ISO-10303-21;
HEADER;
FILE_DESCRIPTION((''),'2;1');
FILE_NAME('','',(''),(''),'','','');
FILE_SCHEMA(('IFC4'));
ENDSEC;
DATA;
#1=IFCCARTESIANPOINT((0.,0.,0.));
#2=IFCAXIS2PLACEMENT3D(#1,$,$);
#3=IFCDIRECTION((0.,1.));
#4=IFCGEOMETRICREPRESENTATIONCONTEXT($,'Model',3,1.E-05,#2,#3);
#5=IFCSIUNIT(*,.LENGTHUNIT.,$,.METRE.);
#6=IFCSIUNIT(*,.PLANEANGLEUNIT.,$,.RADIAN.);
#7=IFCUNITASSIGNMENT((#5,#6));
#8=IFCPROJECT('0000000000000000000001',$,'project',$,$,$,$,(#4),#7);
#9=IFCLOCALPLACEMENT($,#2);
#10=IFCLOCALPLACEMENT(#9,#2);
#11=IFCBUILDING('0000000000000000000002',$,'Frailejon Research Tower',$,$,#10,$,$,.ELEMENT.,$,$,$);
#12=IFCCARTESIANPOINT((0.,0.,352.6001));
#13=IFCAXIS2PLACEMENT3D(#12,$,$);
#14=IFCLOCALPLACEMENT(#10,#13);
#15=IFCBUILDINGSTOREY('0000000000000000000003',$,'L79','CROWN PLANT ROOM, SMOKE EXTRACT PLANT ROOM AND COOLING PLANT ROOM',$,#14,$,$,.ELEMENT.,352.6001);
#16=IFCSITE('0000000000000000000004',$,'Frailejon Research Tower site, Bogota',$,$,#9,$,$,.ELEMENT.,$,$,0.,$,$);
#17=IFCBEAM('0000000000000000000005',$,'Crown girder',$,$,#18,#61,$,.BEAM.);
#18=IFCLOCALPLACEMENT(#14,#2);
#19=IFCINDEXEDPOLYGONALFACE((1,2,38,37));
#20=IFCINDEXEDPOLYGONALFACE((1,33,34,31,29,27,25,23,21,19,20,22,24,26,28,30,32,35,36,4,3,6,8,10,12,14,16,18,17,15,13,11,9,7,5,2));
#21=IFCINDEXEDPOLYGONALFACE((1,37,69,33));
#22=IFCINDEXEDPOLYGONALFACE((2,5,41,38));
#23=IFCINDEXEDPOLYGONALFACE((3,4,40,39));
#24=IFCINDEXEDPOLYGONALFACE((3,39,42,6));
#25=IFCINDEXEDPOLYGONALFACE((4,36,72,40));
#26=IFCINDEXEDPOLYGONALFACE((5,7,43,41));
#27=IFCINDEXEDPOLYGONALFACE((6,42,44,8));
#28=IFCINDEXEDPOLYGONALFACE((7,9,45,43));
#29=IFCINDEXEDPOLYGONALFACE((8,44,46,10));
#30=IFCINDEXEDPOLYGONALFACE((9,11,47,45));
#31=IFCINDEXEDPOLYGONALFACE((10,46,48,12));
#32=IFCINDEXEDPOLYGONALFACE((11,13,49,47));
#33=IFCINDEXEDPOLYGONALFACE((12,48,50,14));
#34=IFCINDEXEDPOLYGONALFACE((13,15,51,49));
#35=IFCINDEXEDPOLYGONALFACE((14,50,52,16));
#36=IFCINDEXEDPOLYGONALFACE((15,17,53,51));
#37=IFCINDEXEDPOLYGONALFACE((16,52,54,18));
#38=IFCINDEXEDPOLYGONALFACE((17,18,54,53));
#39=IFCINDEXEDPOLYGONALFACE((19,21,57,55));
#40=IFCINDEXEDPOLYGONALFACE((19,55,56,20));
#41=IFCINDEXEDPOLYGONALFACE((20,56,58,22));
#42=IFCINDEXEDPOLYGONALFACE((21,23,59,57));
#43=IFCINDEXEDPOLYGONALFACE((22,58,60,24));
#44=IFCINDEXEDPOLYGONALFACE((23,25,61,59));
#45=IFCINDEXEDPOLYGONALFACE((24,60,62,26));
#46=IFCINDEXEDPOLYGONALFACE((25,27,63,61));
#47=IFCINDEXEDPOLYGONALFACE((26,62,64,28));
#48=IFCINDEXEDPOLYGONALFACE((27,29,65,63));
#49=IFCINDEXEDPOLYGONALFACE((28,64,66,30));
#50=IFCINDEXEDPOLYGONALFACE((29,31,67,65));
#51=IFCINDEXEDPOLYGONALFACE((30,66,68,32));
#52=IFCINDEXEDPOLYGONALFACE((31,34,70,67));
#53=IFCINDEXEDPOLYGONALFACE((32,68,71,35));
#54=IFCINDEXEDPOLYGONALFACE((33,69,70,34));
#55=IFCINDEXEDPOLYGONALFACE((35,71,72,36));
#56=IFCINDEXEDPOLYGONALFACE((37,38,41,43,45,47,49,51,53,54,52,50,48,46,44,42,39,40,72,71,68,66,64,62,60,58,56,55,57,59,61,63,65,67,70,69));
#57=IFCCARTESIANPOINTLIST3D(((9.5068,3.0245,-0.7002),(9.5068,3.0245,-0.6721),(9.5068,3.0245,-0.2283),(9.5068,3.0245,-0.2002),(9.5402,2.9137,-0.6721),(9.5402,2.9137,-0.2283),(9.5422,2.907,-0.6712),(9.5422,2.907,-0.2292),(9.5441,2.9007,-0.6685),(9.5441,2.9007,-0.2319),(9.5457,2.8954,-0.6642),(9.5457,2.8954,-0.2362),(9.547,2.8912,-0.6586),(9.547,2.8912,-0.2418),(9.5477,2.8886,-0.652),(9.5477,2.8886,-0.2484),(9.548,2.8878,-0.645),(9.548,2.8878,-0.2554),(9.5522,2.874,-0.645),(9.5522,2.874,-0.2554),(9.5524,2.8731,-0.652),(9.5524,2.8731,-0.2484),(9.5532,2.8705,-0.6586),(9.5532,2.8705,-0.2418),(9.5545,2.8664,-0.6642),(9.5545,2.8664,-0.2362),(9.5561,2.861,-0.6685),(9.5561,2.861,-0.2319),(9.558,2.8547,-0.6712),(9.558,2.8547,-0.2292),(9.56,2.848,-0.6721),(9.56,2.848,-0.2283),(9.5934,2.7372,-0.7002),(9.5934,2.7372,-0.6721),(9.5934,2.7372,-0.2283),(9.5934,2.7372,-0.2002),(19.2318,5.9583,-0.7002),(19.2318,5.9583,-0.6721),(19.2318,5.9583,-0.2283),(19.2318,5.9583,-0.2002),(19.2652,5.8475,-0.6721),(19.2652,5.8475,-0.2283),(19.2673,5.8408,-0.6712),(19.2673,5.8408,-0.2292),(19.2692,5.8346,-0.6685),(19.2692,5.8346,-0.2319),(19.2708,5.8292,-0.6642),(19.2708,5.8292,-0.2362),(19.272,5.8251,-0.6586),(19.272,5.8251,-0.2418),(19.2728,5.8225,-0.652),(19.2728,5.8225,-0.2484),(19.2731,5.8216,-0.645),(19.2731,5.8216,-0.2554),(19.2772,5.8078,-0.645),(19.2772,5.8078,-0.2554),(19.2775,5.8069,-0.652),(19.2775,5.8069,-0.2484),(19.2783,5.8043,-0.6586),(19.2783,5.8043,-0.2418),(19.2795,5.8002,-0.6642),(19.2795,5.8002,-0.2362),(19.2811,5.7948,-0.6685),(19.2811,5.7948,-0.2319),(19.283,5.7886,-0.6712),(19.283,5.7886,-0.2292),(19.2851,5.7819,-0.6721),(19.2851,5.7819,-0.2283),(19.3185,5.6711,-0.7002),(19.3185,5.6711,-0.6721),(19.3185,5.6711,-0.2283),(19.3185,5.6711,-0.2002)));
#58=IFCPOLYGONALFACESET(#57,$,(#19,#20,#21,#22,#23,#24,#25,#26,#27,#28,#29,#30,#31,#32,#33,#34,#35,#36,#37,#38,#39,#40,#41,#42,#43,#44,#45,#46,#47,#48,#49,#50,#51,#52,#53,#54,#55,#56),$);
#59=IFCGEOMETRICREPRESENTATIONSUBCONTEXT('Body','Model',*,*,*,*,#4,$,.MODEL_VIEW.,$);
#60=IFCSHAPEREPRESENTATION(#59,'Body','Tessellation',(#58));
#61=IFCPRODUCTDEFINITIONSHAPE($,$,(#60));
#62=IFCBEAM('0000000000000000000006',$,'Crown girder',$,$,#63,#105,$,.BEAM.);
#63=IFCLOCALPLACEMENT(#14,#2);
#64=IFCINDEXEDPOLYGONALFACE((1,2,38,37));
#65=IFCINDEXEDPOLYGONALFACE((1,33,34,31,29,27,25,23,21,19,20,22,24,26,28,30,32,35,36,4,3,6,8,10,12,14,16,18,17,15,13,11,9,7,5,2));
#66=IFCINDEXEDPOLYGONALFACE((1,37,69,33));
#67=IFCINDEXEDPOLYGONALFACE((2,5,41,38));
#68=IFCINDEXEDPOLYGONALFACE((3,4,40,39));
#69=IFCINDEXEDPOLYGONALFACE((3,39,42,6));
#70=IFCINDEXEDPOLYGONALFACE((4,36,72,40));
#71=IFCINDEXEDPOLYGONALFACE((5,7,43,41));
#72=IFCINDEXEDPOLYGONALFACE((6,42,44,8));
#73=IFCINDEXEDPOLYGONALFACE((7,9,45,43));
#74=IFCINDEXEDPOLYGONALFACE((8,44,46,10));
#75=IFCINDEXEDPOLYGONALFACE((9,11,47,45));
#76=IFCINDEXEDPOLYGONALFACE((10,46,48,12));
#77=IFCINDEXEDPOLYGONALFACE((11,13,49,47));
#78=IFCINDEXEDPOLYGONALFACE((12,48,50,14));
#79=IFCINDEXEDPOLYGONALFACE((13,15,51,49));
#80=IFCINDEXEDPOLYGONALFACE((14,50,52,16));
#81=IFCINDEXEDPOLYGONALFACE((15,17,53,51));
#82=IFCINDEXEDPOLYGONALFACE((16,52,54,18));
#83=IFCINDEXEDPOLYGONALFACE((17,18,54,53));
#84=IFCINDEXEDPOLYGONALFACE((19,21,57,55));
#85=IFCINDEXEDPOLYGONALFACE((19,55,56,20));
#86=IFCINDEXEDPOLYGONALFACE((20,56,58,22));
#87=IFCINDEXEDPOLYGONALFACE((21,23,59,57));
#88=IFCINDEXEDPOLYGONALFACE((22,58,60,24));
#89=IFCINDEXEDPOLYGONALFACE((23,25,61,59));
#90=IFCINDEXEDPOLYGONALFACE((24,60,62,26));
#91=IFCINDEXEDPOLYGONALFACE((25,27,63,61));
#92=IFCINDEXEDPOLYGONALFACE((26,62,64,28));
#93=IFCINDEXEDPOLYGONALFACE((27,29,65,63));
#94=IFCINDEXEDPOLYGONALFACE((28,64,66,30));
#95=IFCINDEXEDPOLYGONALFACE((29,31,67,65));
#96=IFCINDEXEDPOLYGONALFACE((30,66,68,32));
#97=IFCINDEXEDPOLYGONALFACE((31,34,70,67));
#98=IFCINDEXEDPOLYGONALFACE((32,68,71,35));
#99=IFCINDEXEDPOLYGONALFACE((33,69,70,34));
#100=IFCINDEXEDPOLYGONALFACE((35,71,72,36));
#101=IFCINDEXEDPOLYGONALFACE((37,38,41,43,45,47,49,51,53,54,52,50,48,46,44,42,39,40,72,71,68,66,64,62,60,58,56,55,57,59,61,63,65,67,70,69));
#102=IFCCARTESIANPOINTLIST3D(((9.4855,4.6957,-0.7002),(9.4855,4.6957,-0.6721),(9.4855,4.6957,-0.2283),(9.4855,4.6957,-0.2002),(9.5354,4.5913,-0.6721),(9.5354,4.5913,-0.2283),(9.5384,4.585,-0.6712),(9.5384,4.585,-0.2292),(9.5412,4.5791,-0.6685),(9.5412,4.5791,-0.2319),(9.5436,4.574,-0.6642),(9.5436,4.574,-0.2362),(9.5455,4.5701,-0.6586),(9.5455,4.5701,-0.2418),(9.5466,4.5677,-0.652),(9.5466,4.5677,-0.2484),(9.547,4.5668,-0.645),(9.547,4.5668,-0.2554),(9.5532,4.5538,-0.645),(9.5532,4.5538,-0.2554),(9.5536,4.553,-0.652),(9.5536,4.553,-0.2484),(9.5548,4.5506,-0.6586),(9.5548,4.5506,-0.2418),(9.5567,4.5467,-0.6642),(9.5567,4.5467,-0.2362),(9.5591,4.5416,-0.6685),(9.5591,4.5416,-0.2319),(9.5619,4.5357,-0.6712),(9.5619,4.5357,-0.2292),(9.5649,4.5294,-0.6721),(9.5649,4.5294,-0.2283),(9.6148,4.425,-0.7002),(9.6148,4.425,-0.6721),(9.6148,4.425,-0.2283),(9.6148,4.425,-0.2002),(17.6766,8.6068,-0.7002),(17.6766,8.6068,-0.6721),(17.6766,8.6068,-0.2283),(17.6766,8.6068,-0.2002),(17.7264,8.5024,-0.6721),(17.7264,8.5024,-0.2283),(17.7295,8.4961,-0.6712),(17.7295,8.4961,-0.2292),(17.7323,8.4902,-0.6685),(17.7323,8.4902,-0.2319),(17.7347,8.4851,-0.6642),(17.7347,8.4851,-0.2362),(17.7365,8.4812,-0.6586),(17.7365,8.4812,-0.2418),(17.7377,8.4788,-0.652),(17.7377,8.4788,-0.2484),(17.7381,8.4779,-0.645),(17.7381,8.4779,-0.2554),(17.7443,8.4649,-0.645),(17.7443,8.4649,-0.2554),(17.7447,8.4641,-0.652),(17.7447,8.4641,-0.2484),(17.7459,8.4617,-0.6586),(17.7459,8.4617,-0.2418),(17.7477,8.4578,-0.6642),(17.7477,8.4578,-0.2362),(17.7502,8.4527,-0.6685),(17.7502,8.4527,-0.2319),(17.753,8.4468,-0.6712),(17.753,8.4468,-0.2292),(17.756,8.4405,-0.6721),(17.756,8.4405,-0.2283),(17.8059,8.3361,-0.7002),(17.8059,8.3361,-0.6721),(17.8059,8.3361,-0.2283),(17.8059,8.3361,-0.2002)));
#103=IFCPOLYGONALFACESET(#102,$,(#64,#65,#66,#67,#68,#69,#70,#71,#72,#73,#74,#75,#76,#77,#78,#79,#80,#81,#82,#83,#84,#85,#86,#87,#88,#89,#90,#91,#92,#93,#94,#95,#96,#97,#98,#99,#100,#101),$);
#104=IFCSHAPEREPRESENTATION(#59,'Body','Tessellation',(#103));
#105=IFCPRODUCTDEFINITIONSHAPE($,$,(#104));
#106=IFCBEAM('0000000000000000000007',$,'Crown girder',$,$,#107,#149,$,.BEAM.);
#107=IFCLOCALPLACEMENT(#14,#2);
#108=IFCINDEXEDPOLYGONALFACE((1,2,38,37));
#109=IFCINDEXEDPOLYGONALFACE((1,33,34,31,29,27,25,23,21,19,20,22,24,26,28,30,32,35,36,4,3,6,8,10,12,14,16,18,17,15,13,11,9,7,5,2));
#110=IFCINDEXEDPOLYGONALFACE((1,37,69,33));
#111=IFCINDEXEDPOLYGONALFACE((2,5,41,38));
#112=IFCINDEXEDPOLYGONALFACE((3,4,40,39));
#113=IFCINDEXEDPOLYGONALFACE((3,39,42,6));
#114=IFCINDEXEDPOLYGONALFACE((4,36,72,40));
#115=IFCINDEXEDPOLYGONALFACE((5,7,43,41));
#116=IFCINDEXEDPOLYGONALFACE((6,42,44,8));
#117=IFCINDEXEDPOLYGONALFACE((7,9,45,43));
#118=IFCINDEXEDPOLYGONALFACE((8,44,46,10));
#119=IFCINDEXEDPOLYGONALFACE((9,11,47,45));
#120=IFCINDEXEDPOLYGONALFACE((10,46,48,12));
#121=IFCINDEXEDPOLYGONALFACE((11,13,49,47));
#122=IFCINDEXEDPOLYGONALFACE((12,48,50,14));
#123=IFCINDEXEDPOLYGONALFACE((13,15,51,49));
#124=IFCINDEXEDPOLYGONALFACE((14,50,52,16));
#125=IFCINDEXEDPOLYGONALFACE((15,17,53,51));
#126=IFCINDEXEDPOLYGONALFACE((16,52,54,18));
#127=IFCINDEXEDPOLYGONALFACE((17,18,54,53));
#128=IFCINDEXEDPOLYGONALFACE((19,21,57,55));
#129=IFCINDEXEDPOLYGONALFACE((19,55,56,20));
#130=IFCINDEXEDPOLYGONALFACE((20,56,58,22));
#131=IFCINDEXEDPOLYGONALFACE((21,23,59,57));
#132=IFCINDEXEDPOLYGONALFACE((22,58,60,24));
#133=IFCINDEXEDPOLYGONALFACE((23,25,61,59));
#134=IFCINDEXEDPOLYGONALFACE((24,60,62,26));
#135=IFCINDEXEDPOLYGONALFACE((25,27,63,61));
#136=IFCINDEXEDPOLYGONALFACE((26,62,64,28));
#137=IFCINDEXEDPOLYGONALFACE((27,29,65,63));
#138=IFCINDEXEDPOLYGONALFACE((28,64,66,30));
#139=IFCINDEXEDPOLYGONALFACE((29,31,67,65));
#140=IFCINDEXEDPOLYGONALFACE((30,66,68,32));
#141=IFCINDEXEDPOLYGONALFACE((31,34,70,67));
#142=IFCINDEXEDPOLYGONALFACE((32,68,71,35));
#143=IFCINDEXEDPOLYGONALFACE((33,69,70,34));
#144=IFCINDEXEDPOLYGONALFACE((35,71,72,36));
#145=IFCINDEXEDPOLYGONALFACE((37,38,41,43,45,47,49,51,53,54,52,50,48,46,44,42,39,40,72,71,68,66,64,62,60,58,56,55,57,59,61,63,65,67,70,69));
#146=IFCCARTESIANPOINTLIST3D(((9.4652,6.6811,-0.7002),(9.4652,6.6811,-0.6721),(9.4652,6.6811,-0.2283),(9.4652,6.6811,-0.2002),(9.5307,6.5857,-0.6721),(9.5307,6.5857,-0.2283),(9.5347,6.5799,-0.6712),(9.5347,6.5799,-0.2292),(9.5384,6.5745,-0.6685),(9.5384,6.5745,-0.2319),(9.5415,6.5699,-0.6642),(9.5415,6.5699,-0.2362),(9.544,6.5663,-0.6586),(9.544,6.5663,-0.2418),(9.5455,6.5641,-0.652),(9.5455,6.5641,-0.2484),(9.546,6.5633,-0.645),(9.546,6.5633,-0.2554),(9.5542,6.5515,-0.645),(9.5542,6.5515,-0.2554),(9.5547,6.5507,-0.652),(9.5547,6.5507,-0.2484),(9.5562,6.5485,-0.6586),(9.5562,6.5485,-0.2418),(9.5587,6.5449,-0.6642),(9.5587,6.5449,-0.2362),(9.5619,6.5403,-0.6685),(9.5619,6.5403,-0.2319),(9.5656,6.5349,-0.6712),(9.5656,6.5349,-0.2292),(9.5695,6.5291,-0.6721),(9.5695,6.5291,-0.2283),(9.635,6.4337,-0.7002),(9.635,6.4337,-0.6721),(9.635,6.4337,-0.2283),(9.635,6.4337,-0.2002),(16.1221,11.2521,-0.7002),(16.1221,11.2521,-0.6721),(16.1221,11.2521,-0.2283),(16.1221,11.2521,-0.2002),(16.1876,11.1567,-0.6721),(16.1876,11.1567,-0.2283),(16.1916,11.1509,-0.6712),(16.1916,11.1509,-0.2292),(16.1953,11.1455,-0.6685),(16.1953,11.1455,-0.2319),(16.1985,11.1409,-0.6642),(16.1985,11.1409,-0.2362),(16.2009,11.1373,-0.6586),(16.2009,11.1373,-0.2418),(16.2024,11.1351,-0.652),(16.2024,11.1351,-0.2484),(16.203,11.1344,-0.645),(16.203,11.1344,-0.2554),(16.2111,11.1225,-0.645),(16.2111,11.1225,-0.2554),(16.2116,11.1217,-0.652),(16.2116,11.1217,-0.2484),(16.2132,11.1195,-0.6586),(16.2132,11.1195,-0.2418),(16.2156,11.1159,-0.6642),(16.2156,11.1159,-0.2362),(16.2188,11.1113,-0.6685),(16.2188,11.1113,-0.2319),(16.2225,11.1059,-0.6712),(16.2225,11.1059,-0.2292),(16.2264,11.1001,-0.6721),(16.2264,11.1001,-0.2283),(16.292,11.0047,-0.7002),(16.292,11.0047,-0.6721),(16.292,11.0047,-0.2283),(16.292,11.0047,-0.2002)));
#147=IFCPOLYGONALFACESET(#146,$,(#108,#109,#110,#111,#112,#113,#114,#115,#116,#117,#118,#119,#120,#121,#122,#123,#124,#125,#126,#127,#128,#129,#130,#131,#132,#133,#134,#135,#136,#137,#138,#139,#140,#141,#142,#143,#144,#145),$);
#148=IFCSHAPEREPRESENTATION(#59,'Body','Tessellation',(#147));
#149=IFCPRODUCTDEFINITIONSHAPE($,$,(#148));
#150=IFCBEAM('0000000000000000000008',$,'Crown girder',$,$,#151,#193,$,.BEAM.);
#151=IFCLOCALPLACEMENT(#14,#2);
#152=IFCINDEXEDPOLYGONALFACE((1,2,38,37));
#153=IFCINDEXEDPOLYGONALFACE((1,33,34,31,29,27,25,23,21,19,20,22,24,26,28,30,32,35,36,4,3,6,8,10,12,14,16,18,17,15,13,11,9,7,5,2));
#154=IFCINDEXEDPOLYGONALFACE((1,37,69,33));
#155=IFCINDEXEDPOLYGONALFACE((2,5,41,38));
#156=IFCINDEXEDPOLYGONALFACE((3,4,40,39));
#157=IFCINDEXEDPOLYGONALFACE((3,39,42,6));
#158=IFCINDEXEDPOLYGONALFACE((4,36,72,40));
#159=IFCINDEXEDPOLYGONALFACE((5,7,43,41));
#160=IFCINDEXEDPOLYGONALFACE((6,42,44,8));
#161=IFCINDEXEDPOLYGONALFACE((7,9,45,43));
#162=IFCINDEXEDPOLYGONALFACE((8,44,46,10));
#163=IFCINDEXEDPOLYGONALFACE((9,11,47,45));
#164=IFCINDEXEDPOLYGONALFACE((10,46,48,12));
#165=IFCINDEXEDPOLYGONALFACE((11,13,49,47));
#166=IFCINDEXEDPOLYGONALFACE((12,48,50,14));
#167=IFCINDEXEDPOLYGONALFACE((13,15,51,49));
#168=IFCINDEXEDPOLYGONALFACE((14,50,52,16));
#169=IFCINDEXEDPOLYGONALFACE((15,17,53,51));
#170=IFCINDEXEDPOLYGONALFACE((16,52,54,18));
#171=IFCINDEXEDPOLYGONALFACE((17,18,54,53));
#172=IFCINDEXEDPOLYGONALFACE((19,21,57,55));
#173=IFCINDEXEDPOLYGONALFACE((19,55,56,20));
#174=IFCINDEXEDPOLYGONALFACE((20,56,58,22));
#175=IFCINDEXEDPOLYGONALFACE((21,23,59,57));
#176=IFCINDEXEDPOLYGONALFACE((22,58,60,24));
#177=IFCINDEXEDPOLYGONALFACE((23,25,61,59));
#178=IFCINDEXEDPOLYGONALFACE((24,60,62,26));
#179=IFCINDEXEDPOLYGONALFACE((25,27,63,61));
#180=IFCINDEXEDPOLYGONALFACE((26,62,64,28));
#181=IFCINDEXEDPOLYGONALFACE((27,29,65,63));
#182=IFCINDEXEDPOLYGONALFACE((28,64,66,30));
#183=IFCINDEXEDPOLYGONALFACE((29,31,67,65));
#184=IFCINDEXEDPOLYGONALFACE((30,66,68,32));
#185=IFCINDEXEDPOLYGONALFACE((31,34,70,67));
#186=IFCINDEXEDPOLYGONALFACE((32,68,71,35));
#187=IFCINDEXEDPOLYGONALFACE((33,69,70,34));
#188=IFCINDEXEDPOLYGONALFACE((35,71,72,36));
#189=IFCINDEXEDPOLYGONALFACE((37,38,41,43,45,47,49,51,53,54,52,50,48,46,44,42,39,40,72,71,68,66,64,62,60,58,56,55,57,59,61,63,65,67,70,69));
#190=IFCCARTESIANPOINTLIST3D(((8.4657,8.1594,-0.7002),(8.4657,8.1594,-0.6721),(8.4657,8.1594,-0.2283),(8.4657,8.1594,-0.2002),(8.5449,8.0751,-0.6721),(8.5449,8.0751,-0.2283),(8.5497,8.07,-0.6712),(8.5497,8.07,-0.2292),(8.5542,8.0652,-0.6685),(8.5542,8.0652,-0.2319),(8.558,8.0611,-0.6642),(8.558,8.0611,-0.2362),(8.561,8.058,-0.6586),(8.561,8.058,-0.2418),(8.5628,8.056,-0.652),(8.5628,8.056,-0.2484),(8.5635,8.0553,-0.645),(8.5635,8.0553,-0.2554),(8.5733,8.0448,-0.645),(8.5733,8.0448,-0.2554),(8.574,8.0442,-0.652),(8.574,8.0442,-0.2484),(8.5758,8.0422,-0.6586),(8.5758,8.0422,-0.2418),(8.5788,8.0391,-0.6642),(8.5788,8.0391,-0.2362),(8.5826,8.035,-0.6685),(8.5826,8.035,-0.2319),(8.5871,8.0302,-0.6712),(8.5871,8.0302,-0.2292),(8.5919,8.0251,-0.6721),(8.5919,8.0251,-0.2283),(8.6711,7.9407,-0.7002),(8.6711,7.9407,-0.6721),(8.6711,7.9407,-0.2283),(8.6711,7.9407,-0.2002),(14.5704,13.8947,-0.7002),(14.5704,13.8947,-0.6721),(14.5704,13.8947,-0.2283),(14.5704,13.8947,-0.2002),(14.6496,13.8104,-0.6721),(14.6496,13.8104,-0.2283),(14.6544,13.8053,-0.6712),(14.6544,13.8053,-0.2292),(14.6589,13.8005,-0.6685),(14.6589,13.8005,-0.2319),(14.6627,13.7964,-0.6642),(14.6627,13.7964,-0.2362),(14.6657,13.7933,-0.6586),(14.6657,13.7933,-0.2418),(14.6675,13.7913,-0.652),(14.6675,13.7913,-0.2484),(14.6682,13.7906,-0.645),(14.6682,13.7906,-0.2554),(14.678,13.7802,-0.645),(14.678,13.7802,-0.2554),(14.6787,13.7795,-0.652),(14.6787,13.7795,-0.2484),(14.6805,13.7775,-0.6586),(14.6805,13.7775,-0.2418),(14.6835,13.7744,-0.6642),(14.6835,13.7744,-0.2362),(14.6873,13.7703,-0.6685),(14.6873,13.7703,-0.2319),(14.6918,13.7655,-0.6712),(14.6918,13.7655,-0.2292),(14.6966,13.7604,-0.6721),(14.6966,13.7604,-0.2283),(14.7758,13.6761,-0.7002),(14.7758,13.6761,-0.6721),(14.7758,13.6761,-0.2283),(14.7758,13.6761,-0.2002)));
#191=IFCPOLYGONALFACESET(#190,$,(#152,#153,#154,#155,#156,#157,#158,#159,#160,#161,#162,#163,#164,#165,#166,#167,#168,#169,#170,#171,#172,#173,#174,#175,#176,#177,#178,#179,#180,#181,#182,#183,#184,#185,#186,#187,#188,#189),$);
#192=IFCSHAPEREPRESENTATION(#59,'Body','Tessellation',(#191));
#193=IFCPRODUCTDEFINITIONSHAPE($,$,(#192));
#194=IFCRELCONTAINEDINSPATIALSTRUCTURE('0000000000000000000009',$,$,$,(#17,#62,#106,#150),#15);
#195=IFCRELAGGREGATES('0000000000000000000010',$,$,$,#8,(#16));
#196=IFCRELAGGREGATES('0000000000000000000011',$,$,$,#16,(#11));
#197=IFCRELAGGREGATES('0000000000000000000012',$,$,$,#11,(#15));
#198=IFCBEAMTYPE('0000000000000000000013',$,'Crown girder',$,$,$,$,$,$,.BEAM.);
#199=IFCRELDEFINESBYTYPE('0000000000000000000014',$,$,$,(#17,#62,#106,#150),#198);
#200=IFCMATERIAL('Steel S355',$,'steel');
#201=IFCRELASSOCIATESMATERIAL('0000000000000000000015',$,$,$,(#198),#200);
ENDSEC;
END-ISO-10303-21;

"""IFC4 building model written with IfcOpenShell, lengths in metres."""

from ifc_helpers import new_model, si_unit, direction, frame, origin, origin_2d, place, context, subcontext, project, spatial, i_section, extrude, material, material_profile, profile_set, type_object, element, save


model = new_model("IFC4")

# Units and contexts
model_context = context("Model", 3, precision=1e-05, world=origin(), true_north=direction((0.0, 1.0)))
body_context = subcontext(model_context, "Body", "Model", "MODEL_VIEW")
ifc_project = project(units=[si_unit("LENGTHUNIT", "METRE"), si_unit("PLANEANGLEUNIT", "RADIAN")], contexts=[model_context])

# Site, building, storey
site_placement = place(None, origin())
site = spatial("IfcSite", under=ifc_project, at=site_placement, Name="Frailejon Research Tower site, Bogota", CompositionType="ELEMENT", RefElevation=0.0)
building_placement = place(site_placement, origin())
building = spatial("IfcBuilding", under=site, at=building_placement, Name="Frailejon Research Tower", CompositionType="ELEMENT")
storey_placement = place(building_placement, frame((0.0, 0.0, 352.6001)))
storey = spatial("IfcBuildingStorey", under=building, at=storey_placement, Name="L79", Description="CROWN PLANT ROOM, SMOKE EXTRACT PLANT ROOM AND COOLING PLANT ROOM", CompositionType="ELEMENT", Elevation=352.6001)

# Beams
ifc_material_1 = material(Name="Steel S355", Category="steel")
ifc_material_profile_1 = material_profile(ifc_material_1, i_section(OverallWidth=0.3, OverallDepth=0.5, WebThickness=0.0144, FlangeThickness=0.0281, FilletRadius=0.0271, at=origin_2d()), Name="HE 500 B")
ifc_profile_set_1 = profile_set([ifc_material_profile_1], Name="Steel S355")
beam_type_1 = type_object("IfcBeamType", Name="Crown girder", PredefinedType="BEAM", material=ifc_profile_set_1)
beam_1_placement = place(storey_placement, frame((19.2751, 5.8147, -0.4502), z_axis=(-0.957383, -0.28882, 0.0), x_axis=(0.28882, -0.957383, 0.0)))
element("IfcBeam", 1, at=beam_1_placement, inside=storey, type_object=beam_type_1, Name="Crown girder", PredefinedType="BEAM", context=body_context, shape_type="SweptSolid", body=[
    extrude(i_section(OverallWidth=0.3, OverallDepth=0.5, WebThickness=0.0144, FlangeThickness=0.0281, FilletRadius=0.0271, at=origin_2d()), origin(), (0.0, 0.0, 1.0), 10.158),
])
beam_2_placement = place(storey_placement, frame((17.7412, 8.4714, -0.4502), z_axis=(-0.902408, -0.430883, 0.0), x_axis=(0.430883, -0.902408, 0.0)))
element("IfcBeam", 2, at=beam_2_placement, inside=storey, type_object=beam_type_1, Name="Crown girder", PredefinedType="BEAM", context=body_context, shape_type="SweptSolid", body=[
    extrude(i_section(OverallWidth=0.3, OverallDepth=0.5, WebThickness=0.0144, FlangeThickness=0.0281, FilletRadius=0.0271, at=origin_2d()), origin(), (0.0, 0.0, 1.0), 9.0769),
])
beam_3_placement = place(storey_placement, frame((16.207, 11.1284, -0.4502), z_axis=(-0.824367, -0.566055, 0.0), x_axis=(0.566055, -0.824367, 0.0)))
element("IfcBeam", 3, at=beam_3_placement, inside=storey, type_object=beam_type_1, Name="Crown girder", PredefinedType="BEAM", context=body_context, shape_type="SweptSolid", body=[
    extrude(i_section(OverallWidth=0.3, OverallDepth=0.5, WebThickness=0.0144, FlangeThickness=0.0281, FilletRadius=0.0271, at=origin_2d()), origin(), (0.0, 0.0, 1.0), 8.0752),
])
beam_4_placement = place(storey_placement, frame((14.6731, 13.7854, -0.4502), z_axis=(-0.728812, -0.684713, 0.0), x_axis=(0.684713, -0.728812, 0.0)))
element("IfcBeam", 4, at=beam_4_placement, inside=storey, type_object=beam_type_1, Name="Crown girder", PredefinedType="BEAM", context=body_context, shape_type="SweptSolid", body=[
    extrude(i_section(OverallWidth=0.3, OverallDepth=0.5, WebThickness=0.0144, FlangeThickness=0.0281, FilletRadius=0.0271, at=origin_2d()), origin(), (0.0, 0.0, 1.0), 8.3762),
])

save(model, "model.ifc")
